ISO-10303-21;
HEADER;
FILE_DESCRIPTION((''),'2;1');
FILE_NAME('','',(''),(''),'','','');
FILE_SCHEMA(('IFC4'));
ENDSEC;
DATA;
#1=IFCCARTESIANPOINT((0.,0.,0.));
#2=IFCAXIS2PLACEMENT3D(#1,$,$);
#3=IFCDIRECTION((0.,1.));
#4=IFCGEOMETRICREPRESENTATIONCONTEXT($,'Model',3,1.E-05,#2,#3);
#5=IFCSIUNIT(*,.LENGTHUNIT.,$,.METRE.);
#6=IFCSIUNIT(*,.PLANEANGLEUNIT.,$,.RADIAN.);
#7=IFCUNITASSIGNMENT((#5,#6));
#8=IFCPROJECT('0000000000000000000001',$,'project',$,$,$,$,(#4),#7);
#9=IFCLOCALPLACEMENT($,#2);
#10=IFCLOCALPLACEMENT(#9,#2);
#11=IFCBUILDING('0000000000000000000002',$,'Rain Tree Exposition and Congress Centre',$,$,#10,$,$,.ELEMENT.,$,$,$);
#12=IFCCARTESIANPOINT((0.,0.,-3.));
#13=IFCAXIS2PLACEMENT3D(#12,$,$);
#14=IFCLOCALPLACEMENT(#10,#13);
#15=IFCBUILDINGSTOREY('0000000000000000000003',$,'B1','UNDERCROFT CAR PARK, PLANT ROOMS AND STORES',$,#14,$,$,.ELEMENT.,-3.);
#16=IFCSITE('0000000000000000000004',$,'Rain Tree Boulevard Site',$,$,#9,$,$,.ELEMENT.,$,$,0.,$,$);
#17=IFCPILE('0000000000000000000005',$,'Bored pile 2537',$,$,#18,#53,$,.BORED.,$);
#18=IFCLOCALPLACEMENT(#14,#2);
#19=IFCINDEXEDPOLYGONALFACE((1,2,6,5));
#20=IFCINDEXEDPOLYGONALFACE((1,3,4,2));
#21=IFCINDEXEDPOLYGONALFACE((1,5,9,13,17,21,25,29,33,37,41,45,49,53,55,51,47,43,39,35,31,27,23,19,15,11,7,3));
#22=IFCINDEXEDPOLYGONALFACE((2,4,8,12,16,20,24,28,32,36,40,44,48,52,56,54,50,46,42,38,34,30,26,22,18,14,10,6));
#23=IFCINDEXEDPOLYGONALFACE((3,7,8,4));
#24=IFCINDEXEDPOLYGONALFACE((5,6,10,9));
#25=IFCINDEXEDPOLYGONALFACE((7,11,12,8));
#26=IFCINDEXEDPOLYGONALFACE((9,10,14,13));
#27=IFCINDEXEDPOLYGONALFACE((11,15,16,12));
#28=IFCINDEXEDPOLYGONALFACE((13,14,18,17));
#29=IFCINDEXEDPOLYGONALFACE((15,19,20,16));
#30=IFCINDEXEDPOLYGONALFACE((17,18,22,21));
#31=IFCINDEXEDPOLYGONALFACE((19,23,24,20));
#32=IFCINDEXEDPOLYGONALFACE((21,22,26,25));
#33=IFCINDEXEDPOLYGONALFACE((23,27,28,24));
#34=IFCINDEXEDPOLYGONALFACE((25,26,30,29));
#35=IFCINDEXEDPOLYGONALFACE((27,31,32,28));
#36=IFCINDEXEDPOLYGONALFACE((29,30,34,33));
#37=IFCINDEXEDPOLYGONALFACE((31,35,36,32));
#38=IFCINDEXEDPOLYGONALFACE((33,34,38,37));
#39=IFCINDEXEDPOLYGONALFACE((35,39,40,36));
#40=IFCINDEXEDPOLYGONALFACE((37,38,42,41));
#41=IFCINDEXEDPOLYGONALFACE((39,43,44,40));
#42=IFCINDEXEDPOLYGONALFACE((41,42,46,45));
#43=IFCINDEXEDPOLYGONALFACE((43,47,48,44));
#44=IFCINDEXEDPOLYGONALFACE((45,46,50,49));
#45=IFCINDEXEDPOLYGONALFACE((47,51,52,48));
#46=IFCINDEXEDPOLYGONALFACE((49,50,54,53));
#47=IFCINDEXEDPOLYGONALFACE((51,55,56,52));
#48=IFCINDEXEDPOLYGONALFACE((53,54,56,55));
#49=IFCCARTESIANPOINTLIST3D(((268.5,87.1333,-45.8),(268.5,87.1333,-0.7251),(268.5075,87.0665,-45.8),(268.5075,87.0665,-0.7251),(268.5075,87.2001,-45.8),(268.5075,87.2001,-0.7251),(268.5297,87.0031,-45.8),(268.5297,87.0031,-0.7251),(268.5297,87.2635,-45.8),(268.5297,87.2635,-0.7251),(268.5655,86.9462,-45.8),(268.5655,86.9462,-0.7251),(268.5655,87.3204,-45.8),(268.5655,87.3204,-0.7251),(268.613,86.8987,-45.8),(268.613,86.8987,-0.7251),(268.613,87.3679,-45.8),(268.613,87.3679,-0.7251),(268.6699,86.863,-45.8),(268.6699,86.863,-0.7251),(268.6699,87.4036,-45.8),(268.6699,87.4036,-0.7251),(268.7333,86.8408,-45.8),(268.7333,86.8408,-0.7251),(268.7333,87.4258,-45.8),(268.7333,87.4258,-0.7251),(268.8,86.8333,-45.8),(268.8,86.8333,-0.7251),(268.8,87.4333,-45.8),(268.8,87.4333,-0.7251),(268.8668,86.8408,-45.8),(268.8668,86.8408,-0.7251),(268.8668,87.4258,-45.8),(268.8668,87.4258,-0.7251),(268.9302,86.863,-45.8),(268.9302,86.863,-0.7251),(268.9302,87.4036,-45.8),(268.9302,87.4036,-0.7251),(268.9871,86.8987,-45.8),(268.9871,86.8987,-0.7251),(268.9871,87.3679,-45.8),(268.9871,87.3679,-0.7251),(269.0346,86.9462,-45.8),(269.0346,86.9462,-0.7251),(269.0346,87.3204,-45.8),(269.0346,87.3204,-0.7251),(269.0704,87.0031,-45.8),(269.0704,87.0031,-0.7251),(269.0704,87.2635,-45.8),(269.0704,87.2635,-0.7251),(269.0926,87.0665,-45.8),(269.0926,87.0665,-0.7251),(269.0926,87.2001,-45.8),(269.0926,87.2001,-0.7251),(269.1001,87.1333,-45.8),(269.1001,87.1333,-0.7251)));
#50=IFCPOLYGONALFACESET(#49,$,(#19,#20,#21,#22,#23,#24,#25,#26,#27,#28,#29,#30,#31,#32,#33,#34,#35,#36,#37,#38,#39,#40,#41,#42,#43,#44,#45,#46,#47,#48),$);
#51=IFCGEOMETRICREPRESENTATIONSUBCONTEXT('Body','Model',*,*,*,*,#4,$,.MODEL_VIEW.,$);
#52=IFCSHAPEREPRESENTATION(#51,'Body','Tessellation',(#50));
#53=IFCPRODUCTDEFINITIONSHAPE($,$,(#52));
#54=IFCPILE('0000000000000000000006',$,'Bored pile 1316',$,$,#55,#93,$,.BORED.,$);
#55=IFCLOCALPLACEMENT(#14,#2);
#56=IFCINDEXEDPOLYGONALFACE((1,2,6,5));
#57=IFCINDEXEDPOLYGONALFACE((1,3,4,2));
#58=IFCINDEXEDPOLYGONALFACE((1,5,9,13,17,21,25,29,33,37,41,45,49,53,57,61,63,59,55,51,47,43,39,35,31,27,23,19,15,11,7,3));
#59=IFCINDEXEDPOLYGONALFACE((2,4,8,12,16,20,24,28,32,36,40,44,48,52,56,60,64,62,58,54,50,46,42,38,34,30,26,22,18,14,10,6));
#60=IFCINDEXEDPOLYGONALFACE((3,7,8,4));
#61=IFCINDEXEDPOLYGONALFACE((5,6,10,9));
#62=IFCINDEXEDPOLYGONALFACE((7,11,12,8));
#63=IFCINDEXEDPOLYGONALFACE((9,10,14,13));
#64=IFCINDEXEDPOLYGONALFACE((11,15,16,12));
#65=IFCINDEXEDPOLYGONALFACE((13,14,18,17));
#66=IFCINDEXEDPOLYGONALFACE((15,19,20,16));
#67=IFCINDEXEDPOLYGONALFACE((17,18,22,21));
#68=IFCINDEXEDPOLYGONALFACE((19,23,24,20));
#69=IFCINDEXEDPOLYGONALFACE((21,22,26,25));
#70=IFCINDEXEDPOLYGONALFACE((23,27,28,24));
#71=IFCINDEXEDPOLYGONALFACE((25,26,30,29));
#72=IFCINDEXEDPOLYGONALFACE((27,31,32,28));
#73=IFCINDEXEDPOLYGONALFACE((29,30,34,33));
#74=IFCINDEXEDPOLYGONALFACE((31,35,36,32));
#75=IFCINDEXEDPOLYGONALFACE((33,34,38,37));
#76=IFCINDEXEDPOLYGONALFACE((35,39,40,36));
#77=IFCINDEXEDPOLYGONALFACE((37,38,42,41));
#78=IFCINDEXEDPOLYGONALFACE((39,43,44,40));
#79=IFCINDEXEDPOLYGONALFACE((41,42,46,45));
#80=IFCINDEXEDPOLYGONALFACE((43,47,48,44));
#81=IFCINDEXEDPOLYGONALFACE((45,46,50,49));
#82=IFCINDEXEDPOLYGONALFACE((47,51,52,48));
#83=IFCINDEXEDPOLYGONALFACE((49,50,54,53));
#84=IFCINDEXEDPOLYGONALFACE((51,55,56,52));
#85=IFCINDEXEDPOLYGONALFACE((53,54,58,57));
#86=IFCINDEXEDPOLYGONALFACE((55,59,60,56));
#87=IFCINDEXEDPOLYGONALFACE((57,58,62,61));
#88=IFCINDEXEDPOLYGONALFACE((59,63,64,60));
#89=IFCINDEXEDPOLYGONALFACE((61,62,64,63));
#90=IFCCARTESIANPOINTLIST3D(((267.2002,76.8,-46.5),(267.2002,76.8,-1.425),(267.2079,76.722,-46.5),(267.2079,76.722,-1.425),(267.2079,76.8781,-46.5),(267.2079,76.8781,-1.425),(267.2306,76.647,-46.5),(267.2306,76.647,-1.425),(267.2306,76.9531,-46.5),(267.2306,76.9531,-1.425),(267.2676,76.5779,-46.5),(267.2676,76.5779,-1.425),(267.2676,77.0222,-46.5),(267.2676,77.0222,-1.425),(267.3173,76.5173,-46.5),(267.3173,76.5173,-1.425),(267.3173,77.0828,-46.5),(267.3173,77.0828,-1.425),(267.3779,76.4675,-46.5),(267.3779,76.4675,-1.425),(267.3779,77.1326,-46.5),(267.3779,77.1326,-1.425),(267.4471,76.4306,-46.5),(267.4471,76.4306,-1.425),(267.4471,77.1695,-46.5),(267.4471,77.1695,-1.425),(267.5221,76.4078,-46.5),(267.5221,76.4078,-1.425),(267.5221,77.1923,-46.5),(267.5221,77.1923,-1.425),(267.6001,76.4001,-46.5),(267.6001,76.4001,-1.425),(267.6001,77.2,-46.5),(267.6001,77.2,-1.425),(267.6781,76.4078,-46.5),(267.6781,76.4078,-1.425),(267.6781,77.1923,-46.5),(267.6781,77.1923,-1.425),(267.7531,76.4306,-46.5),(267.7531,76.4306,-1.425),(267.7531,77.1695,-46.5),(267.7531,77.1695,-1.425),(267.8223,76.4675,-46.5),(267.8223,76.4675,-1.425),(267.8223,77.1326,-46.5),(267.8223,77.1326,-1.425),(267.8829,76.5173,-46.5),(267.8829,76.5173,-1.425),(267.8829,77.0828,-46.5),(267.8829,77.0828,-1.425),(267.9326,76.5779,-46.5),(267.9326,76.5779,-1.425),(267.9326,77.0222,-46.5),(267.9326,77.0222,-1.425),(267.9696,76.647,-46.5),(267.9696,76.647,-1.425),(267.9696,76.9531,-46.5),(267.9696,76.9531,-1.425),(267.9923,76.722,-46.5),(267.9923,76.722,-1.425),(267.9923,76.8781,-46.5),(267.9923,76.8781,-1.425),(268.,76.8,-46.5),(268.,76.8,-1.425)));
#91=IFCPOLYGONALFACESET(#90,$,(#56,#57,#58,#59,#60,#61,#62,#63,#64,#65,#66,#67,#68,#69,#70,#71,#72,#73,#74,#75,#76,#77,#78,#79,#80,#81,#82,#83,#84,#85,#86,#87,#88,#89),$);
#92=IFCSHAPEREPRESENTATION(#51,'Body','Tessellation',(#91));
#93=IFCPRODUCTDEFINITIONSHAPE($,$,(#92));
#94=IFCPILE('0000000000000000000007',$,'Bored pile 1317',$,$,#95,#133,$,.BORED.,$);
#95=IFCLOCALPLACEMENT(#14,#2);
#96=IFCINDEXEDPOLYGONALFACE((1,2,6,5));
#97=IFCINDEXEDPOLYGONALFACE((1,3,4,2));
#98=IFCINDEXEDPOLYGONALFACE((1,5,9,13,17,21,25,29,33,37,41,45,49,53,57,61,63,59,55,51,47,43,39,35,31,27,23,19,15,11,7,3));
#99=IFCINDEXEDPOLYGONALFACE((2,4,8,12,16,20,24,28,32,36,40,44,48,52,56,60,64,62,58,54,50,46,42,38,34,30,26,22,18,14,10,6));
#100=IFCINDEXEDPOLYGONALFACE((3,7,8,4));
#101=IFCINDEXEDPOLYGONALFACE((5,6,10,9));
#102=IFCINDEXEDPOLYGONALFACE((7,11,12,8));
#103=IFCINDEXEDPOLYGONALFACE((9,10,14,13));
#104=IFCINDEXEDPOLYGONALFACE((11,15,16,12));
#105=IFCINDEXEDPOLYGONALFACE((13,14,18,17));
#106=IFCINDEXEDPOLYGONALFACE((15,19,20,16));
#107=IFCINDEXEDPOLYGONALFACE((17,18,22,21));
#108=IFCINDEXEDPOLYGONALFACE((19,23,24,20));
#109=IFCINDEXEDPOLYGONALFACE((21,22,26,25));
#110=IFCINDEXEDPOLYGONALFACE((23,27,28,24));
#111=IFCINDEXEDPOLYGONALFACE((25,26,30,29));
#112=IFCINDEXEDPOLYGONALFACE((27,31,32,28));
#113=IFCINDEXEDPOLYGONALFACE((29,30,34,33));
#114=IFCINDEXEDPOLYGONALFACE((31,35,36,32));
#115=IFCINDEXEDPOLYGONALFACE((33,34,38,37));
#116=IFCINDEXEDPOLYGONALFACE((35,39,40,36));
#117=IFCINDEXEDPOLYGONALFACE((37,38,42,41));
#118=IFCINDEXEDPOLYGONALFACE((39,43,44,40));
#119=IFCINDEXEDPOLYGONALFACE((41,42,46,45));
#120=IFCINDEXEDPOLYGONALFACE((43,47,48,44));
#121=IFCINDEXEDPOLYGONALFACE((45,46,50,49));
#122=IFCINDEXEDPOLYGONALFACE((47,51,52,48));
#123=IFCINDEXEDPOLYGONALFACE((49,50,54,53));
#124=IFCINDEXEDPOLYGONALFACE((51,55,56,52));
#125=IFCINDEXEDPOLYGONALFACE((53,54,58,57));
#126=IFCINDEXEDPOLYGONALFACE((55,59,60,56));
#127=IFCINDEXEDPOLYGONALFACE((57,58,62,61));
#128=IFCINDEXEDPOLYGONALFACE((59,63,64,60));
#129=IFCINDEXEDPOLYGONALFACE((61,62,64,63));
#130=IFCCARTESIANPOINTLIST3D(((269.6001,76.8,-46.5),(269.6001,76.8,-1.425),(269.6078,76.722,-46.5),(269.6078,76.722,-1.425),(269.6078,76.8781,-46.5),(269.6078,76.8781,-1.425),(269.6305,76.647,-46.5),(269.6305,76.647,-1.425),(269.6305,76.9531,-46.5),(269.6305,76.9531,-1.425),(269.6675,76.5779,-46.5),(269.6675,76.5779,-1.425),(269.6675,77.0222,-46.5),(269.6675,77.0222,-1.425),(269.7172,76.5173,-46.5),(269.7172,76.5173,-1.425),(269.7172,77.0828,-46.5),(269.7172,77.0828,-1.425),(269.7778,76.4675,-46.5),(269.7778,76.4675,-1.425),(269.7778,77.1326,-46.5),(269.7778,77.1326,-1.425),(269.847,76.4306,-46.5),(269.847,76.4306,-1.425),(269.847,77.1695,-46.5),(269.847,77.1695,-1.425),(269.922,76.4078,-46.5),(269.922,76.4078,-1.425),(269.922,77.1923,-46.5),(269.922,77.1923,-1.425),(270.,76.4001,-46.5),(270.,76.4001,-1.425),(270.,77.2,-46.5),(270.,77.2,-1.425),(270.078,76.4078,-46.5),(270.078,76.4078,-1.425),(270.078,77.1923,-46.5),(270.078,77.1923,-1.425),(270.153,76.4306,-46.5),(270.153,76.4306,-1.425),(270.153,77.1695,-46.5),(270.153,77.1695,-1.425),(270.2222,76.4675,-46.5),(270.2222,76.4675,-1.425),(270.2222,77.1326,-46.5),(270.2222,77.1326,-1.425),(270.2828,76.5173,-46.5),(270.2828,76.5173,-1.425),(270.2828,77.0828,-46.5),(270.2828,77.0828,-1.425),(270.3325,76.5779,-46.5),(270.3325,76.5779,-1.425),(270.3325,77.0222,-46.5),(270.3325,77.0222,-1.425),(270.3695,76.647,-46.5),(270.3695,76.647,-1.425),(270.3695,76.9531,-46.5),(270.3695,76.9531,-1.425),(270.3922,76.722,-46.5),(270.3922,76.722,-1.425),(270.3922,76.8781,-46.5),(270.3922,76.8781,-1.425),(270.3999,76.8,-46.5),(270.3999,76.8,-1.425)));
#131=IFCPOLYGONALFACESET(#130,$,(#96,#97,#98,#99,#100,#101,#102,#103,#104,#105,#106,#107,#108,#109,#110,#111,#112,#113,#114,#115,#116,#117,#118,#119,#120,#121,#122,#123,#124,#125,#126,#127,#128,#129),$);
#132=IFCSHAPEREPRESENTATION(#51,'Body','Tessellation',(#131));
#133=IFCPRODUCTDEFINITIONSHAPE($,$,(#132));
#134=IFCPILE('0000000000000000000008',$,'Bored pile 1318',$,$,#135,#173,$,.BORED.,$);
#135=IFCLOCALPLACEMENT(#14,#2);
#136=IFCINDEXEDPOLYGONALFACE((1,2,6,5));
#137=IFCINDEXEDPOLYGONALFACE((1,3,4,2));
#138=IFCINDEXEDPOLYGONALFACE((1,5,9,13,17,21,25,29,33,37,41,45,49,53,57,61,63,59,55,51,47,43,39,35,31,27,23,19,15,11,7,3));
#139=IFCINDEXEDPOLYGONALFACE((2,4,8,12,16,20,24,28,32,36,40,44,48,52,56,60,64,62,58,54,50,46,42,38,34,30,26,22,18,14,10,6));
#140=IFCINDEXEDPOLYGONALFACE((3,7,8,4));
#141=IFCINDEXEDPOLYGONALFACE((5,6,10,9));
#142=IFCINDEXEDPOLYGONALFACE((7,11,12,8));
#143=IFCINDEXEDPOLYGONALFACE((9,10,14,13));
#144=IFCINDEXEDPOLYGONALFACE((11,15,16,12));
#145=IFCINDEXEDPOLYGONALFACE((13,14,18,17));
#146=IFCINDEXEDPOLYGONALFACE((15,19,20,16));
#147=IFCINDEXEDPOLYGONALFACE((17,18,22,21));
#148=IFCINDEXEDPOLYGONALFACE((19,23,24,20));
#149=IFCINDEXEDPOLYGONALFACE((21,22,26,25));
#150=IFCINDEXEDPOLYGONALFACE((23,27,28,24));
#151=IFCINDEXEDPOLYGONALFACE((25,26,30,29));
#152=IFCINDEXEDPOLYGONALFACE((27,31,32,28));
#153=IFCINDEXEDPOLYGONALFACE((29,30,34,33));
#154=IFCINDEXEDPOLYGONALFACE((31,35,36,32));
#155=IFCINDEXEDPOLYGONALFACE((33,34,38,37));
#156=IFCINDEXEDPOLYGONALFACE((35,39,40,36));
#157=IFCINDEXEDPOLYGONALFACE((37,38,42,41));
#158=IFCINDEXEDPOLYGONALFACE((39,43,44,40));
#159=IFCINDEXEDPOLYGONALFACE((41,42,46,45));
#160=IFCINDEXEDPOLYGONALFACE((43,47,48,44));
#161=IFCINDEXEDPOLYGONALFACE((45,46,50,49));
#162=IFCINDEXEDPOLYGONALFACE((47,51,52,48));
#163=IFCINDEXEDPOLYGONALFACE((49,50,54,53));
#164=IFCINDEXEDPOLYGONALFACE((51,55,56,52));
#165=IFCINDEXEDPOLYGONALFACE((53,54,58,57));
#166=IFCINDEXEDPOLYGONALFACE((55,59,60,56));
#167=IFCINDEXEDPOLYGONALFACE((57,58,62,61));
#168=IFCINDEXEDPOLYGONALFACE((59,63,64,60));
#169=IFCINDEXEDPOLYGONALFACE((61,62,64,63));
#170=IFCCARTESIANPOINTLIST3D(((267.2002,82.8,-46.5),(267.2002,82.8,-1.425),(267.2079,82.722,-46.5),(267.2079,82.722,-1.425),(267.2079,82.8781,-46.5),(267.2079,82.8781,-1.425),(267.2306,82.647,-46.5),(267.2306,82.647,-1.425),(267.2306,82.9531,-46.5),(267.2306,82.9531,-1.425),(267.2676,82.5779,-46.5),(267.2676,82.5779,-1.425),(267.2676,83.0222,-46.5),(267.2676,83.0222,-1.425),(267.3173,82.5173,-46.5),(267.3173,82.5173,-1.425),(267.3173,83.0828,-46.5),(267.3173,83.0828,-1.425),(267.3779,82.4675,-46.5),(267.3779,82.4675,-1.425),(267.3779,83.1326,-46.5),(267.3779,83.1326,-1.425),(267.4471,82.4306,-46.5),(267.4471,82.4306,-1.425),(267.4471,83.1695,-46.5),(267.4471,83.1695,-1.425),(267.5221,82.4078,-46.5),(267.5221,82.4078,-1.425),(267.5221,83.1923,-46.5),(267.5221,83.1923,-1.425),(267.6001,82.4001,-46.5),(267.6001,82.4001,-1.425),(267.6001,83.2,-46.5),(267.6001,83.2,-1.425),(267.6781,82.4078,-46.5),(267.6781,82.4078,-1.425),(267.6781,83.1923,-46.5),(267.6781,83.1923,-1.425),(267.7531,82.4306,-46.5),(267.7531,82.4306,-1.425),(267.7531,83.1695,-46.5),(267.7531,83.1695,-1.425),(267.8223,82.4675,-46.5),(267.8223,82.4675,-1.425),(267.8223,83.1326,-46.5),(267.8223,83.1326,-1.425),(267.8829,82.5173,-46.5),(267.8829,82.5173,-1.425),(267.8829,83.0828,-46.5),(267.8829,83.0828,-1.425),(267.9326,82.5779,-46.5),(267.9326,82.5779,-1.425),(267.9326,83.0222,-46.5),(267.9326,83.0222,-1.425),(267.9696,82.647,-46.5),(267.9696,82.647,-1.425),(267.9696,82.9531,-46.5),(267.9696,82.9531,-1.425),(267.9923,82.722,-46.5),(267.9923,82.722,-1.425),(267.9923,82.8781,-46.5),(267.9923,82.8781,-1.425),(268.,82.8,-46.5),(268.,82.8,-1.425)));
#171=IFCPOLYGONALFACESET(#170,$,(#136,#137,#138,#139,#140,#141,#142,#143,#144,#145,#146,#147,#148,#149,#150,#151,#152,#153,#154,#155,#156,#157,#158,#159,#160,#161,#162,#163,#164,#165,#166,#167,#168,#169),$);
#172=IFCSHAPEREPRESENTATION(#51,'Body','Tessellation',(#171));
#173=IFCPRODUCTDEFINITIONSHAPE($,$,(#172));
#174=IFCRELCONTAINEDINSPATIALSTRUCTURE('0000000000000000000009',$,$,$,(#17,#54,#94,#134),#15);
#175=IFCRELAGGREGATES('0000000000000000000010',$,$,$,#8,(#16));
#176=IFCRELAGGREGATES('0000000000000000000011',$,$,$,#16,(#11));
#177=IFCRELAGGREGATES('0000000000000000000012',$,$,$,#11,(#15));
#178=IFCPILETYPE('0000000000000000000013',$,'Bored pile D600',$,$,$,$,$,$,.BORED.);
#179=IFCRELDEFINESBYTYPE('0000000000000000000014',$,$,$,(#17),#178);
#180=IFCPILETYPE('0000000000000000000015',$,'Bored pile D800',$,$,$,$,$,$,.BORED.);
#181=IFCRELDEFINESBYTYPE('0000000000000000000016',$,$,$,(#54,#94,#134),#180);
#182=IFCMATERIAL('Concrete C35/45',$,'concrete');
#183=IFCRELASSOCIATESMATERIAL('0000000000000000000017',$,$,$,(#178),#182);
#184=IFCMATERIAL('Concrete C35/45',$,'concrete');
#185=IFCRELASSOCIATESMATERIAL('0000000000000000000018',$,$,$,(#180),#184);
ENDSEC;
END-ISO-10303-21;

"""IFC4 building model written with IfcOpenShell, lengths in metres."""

from ifc_helpers import new_model, si_unit, direction, frame, origin, origin_2d, place, context, subcontext, project, spatial, circle, extrude, material, material_profile, profile_set, type_object, element, save


model = new_model("IFC4")

# Units and contexts
model_context = context("Model", 3, precision=1e-05, world=origin(), true_north=direction((0.0, 1.0)))
body_context = subcontext(model_context, "Body", "Model", "MODEL_VIEW")
ifc_project = project(units=[si_unit("LENGTHUNIT", "METRE"), si_unit("PLANEANGLEUNIT", "RADIAN")], contexts=[model_context])

# Site, building, storey
site_placement = place(None, origin())
site = spatial("IfcSite", under=ifc_project, at=site_placement, Name="Rain Tree Boulevard Site", CompositionType="ELEMENT", RefElevation=0.0)
building_placement = place(site_placement, origin())
building = spatial("IfcBuilding", under=site, at=building_placement, Name="Rain Tree Exposition and Congress Centre", CompositionType="ELEMENT")
storey_placement = place(building_placement, frame((0.0, 0.0, -3.0)))
storey = spatial("IfcBuildingStorey", under=building, at=storey_placement, Name="B1", Description="UNDERCROFT CAR PARK, PLANT ROOMS AND STORES", CompositionType="ELEMENT", Elevation=-3.0)

# Piles
ifc_material_1 = material(Name="Concrete C35/45", Category="concrete")
ifc_material_profile_1 = material_profile(ifc_material_1, circle(Radius=0.3, at=origin_2d()), Name="D600")
ifc_profile_set_1 = profile_set([ifc_material_profile_1], Name="Concrete C35/45")
pile_type_1 = type_object("IfcPileType", Name="Bored pile D600", PredefinedType="BORED", material=ifc_profile_set_1)
for number, where, z_axis, x_axis, name in (
    (1, (268.8, 87.1333, -0.7251), (0.0, 0.0, -1.0), (1.0, 0.0, 0.0), "Bored pile 2537"),
):
    element("IfcPile", number, at=place(storey_placement, frame(where, z_axis=z_axis, x_axis=x_axis)), inside=storey, type_object=pile_type_1, Name=name, PredefinedType="BORED", context=body_context, shape_type="SweptSolid", body=[
        extrude(circle(Radius=0.3, at=origin_2d()), origin(), (0.0, 0.0, 1.0), 45.075),
    ])
ifc_material_2 = material(Name="Concrete C35/45", Category="concrete")
ifc_material_profile_2 = material_profile(ifc_material_2, circle(Radius=0.3999, at=origin_2d()), Name="D800")
ifc_profile_set_2 = profile_set([ifc_material_profile_2], Name="Concrete C35/45")
pile_type_2 = type_object("IfcPileType", Name="Bored pile D800", PredefinedType="BORED", material=ifc_profile_set_2)
for number, where, z_axis, x_axis, name in (
    (2, (267.6001, 76.8, -1.425), (0.0, 0.0, -1.0), (1.0, 0.0, 0.0), "Bored pile 1316"),
    (3, (270.0, 76.8, -1.425), (0.0, 0.0, -1.0), (1.0, 0.0, 0.0), "Bored pile 1317"),
    (4, (267.6001, 82.8, -1.425), (0.0, 0.0, -1.0), (1.0, 0.0, 0.0), "Bored pile 1318"),
):
    element("IfcPile", number, at=place(storey_placement, frame(where, z_axis=z_axis, x_axis=x_axis)), inside=storey, type_object=pile_type_2, Name=name, PredefinedType="BORED", context=body_context, shape_type="SweptSolid", body=[
        extrude(circle(Radius=0.3999, at=origin_2d()), origin(), (0.0, 0.0, 1.0), 45.075),
    ])

save(model, "model.ifc")
